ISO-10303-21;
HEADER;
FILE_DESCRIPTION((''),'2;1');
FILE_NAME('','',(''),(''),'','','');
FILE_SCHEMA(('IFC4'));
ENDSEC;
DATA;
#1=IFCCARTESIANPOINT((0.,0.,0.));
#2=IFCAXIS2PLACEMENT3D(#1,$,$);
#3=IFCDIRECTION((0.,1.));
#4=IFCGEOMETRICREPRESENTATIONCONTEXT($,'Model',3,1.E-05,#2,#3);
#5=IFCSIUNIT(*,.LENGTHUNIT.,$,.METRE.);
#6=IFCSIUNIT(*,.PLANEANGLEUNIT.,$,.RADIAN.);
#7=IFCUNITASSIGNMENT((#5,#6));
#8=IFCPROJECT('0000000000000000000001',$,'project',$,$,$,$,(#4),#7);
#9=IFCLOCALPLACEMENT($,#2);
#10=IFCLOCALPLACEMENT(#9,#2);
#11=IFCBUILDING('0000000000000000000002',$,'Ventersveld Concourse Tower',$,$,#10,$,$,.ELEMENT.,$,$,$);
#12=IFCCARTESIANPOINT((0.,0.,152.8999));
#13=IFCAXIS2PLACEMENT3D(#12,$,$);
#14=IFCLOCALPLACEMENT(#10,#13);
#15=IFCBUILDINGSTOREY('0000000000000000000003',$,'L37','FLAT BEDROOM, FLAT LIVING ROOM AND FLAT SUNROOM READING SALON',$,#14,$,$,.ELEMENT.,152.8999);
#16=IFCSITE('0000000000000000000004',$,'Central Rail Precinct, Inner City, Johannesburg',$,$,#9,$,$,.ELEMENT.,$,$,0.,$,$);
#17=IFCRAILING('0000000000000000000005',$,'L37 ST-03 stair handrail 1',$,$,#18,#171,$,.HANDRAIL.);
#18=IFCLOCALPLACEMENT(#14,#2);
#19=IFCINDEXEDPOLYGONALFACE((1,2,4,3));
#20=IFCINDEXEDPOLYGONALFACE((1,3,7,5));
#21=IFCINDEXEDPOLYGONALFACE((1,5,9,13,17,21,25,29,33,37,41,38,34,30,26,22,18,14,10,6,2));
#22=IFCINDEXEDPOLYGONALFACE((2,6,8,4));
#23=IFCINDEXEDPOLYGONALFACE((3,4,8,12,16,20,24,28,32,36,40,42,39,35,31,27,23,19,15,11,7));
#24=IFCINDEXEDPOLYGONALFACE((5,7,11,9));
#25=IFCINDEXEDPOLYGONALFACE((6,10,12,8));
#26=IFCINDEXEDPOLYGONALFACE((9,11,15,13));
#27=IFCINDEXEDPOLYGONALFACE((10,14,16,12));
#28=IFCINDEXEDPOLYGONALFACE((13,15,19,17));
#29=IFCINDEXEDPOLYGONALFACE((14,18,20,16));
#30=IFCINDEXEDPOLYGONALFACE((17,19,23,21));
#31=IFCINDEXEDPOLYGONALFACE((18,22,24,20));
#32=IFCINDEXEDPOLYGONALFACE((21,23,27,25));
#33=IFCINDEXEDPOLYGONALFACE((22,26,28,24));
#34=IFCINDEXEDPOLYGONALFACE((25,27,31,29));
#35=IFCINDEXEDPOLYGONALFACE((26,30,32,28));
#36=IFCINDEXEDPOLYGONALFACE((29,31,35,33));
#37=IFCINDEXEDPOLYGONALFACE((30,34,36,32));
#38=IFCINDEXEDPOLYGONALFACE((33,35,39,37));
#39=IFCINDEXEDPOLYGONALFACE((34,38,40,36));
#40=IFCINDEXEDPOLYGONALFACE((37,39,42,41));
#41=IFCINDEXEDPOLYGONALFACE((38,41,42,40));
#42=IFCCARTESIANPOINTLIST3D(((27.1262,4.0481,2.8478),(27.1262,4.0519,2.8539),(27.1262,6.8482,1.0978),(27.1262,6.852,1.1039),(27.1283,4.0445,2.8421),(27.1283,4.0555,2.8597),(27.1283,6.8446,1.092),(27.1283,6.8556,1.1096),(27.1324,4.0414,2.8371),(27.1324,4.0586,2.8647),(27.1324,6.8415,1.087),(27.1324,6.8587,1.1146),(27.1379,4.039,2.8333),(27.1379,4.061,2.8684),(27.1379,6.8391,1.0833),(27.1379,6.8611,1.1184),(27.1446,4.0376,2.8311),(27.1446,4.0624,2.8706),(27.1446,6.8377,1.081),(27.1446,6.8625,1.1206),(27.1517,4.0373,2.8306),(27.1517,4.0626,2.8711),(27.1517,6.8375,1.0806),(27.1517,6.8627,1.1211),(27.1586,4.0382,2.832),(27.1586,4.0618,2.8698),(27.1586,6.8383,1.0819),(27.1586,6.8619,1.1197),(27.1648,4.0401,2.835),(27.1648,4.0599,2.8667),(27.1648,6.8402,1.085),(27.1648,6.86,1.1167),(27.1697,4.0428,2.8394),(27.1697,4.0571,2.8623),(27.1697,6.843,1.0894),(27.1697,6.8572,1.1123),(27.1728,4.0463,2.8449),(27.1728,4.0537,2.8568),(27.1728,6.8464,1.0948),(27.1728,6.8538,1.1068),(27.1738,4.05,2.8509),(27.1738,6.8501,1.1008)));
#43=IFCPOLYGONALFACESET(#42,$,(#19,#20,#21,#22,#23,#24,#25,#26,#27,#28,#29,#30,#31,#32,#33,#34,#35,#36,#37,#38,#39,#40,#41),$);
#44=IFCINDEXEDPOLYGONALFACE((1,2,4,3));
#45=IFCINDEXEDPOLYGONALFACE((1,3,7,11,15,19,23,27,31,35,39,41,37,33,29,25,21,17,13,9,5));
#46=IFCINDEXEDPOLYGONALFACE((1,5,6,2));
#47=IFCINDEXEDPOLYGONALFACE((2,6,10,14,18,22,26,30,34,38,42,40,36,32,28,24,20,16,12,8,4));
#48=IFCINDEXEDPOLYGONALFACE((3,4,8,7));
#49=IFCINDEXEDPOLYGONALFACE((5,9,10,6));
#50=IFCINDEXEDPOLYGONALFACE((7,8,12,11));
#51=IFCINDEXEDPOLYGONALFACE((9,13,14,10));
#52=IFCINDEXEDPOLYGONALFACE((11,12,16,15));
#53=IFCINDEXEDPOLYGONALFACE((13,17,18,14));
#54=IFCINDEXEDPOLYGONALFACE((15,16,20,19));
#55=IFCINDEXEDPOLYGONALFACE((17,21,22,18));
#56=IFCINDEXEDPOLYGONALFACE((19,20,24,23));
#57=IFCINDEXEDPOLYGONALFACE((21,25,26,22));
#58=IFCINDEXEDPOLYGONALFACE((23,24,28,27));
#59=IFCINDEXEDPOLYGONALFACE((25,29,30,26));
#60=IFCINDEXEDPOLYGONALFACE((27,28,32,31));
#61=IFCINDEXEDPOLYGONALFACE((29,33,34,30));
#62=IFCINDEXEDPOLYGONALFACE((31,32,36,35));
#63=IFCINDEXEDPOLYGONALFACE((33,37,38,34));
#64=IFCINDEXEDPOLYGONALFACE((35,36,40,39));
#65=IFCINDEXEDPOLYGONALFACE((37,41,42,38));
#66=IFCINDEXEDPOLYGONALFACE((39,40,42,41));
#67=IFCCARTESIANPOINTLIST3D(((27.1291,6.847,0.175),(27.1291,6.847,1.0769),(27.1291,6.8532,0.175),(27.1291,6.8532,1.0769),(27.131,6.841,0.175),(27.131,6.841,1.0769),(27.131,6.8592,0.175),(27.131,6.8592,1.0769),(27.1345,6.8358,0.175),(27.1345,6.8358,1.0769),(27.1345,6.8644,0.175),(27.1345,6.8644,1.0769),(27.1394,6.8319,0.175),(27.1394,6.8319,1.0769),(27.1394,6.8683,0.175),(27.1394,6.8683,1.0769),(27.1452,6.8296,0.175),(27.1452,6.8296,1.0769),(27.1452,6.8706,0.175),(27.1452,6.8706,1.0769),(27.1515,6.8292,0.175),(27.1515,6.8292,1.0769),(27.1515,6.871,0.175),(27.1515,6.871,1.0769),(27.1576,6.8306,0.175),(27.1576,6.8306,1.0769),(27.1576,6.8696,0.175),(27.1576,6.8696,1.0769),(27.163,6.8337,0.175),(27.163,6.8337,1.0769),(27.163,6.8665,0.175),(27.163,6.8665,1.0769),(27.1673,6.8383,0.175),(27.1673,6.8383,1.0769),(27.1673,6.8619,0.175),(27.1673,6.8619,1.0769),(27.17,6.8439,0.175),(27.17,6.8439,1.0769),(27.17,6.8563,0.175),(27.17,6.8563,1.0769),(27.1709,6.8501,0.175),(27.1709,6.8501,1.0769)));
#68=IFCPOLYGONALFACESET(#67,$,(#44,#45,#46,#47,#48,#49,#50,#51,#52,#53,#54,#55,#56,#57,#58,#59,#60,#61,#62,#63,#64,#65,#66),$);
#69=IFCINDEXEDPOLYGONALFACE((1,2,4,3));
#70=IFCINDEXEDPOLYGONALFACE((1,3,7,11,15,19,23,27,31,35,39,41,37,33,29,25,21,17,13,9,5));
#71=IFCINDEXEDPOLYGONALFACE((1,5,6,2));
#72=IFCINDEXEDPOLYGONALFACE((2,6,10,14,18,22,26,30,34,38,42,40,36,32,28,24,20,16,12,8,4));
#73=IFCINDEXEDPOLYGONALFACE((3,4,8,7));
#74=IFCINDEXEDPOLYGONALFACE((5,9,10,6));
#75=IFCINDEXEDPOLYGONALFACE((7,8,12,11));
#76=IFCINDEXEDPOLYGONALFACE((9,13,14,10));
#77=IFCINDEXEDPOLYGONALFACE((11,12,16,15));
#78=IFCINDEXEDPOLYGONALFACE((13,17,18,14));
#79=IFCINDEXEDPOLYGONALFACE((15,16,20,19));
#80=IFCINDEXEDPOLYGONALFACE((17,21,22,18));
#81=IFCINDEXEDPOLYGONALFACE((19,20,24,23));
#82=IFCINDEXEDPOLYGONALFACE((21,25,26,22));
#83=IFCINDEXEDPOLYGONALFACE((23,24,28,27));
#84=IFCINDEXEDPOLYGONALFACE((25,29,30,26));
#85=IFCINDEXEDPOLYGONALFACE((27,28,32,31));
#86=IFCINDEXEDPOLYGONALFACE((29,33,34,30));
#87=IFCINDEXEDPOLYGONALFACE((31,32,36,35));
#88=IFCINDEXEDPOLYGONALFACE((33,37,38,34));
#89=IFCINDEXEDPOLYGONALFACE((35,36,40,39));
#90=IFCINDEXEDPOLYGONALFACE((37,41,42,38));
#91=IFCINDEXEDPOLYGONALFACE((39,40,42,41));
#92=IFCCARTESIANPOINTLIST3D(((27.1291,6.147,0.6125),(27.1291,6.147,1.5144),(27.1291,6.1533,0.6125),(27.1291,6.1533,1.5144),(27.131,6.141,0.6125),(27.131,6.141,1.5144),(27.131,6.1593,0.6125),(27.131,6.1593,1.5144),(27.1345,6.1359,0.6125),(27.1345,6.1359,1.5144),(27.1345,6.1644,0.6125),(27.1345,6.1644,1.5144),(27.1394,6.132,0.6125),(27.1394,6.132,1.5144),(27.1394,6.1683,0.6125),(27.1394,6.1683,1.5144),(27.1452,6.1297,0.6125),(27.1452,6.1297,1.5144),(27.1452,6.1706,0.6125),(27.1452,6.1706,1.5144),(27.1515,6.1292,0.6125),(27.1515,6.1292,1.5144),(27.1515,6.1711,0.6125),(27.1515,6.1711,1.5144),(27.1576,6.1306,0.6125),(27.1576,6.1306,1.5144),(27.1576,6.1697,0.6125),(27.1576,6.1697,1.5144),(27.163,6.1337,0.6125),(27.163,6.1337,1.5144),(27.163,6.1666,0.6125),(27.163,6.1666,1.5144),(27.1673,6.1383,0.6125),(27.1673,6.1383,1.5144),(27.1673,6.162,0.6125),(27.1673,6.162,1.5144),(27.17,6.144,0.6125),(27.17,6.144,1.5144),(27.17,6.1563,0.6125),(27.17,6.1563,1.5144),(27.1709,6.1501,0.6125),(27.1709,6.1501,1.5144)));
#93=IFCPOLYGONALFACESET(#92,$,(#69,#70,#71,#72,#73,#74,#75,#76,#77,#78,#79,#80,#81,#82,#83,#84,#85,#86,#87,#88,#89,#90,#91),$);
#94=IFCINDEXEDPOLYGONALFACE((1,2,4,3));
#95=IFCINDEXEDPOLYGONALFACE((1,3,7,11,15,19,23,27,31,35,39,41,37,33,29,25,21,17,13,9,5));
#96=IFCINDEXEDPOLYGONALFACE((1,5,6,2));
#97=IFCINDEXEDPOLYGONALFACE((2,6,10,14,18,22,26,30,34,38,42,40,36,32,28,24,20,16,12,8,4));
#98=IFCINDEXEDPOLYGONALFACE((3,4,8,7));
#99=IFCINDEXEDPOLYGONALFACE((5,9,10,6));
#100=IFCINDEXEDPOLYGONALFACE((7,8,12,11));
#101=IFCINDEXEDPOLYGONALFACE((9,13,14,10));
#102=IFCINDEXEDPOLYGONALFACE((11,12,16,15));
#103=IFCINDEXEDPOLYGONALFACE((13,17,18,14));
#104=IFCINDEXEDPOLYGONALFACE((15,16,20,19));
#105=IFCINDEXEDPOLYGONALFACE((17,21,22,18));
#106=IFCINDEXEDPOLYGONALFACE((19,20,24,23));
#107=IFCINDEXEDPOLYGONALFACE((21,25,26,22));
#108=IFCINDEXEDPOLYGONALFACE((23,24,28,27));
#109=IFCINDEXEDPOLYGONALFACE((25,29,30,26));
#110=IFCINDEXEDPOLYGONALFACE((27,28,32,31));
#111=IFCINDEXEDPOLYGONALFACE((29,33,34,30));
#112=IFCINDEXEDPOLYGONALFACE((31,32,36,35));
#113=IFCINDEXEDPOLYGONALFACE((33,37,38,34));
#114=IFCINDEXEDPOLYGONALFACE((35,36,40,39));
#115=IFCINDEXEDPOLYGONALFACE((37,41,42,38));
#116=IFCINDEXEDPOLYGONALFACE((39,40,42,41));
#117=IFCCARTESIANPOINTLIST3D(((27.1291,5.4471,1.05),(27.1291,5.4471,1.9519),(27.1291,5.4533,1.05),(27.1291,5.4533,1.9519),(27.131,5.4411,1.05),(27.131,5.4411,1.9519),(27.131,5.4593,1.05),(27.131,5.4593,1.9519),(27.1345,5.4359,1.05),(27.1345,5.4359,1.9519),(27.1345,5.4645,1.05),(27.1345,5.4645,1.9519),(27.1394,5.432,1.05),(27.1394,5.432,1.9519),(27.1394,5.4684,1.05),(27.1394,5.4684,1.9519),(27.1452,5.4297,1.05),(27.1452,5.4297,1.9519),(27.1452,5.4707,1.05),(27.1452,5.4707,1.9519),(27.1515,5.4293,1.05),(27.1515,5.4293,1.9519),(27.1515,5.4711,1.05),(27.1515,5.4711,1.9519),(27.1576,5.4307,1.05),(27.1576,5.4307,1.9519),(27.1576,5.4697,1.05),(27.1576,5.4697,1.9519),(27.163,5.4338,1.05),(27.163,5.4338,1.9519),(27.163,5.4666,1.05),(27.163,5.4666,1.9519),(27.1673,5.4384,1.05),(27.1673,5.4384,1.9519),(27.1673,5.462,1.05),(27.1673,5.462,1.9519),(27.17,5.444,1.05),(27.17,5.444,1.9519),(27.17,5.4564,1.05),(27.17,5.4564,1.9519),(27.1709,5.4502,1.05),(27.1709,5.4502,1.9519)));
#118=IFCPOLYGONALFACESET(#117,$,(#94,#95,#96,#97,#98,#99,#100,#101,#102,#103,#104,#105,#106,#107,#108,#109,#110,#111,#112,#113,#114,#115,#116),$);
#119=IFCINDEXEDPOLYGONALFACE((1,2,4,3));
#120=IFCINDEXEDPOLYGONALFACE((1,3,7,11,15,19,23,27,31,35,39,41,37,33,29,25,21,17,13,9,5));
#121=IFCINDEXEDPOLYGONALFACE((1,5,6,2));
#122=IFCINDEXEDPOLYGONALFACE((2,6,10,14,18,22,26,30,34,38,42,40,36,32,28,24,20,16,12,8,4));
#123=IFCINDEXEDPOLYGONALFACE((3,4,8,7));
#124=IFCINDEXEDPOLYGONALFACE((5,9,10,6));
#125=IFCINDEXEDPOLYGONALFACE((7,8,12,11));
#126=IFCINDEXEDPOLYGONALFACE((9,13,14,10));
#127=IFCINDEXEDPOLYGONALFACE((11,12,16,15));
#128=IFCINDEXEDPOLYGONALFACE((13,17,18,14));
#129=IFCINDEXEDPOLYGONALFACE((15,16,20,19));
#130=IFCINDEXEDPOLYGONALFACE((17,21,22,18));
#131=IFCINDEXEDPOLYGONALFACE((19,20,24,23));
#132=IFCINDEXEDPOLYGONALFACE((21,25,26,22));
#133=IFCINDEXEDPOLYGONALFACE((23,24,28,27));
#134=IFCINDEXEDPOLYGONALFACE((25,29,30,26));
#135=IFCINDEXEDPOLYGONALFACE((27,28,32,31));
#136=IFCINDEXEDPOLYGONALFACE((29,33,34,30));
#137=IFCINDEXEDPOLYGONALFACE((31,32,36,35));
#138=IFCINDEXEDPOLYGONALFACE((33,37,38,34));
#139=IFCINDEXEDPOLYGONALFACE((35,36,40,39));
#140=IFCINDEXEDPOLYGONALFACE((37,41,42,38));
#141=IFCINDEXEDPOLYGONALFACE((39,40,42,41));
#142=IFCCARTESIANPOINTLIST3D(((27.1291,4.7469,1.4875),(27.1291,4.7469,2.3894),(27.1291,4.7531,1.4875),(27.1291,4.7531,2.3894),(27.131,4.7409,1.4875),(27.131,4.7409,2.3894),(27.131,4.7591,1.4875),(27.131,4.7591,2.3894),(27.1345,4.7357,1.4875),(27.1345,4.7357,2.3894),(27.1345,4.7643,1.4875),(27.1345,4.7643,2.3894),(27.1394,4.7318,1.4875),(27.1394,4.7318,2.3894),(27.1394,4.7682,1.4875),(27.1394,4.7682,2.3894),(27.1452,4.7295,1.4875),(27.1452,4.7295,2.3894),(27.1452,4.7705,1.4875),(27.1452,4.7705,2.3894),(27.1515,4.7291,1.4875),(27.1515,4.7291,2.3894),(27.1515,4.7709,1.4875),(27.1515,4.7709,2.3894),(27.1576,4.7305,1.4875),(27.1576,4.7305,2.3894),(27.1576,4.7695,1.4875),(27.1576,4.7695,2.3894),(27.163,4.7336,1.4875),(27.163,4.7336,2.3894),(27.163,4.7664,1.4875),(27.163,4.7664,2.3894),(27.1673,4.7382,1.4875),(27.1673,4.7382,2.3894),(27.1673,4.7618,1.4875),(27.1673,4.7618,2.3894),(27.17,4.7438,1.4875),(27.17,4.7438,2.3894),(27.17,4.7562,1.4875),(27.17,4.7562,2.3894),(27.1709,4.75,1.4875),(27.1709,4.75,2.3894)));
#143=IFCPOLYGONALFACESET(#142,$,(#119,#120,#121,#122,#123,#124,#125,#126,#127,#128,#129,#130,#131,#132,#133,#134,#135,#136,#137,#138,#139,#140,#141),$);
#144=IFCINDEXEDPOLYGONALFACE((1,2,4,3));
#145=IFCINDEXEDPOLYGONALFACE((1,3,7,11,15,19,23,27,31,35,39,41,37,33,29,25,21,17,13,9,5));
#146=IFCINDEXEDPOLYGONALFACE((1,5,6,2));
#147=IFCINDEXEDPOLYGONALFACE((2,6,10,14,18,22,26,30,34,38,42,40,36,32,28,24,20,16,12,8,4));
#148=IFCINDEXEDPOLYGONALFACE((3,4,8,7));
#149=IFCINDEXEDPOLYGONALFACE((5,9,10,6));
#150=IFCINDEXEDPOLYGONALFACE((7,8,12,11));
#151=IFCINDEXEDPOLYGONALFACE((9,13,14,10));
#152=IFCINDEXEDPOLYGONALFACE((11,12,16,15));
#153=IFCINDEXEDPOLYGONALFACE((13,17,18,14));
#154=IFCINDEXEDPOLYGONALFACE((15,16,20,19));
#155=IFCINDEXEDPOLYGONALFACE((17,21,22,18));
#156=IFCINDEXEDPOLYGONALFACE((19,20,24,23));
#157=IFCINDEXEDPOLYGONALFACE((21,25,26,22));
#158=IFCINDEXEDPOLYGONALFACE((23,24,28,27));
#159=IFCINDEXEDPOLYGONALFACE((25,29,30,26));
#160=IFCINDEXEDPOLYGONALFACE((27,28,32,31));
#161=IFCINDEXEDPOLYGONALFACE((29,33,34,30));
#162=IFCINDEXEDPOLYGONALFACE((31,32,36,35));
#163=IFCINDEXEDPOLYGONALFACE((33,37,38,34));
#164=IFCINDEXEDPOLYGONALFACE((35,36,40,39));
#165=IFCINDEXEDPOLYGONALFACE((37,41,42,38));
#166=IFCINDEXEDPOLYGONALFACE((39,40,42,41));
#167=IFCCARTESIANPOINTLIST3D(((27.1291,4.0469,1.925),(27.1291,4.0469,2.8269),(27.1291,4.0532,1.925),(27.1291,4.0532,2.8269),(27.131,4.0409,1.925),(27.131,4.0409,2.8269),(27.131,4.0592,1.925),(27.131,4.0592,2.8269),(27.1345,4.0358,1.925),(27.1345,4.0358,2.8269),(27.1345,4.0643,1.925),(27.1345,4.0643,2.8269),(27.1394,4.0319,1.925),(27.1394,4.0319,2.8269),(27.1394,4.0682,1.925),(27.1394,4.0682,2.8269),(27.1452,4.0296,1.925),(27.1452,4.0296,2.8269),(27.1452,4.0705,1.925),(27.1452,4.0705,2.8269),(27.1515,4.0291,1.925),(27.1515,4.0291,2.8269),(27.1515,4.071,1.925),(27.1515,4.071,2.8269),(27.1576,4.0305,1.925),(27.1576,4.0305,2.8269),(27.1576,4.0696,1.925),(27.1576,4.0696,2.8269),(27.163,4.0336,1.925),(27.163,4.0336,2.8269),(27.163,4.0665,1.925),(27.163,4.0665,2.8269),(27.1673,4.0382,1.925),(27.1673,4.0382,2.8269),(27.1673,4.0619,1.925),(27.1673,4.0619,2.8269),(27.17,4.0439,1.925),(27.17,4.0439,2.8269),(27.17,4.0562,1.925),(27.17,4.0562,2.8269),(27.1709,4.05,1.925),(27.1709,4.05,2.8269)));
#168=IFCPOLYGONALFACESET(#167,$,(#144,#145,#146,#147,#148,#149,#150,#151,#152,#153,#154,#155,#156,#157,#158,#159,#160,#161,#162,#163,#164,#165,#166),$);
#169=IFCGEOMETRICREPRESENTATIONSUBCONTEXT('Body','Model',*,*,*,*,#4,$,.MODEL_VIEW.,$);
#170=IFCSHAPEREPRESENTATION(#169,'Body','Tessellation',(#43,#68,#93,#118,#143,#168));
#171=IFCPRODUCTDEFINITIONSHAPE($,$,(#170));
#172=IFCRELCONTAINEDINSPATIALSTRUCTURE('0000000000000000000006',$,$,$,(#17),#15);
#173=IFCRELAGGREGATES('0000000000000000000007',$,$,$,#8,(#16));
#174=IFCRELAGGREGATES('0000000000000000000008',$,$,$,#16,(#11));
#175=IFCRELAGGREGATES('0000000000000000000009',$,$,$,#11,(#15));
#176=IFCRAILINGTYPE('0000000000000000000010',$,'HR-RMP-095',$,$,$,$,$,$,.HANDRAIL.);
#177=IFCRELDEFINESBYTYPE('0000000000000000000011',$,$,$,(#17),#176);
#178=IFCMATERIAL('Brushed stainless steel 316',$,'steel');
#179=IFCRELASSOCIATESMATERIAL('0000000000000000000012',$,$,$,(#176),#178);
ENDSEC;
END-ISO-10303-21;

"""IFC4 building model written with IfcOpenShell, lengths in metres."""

from ifc_helpers import new_model, si_unit, direction, frame, origin, origin_2d, place, context, subcontext, project, spatial, circle, extrude, material, type_object, element, save


model = new_model("IFC4")

# Units and contexts
model_context = context("Model", 3, precision=1e-05, world=origin(), true_north=direction((0.0, 1.0)))
body_context = subcontext(model_context, "Body", "Model", "MODEL_VIEW")
ifc_project = project(units=[si_unit("LENGTHUNIT", "METRE"), si_unit("PLANEANGLEUNIT", "RADIAN")], contexts=[model_context])

# Site, building, storey
site_placement = place(None, origin())
site = spatial("IfcSite", under=ifc_project, at=site_placement, Name="Central Rail Precinct, Inner City, Johannesburg", CompositionType="ELEMENT", RefElevation=0.0)
building_placement = place(site_placement, origin())
building = spatial("IfcBuilding", under=site, at=building_placement, Name="Ventersveld Concourse Tower", CompositionType="ELEMENT")
storey_placement = place(building_placement, frame((0.0, 0.0, 152.8999)))
storey = spatial("IfcBuildingStorey", under=building, at=storey_placement, Name="L37", Description="FLAT BEDROOM, FLAT LIVING ROOM AND FLAT SUNROOM READING SALON", CompositionType="ELEMENT", Elevation=152.8999)

# Shared definitions
ifc_material_1 = material(Name="Brushed stainless steel 316", Category="steel")

# Railing
railing_type_1 = type_object("IfcRailingType", Name="HR-RMP-095", PredefinedType="HANDRAIL", material=ifc_material_1)
railing_1_placement = place(storey_placement, frame((27.1499, 6.8501, 0.175)))
element("IfcRailing", 1, at=railing_1_placement, inside=storey, type_object=railing_type_1, Name="L37 ST-03 stair handrail 1", PredefinedType="HANDRAIL", context=body_context, shape_type="SweptSolid", body=[
    extrude(circle(Radius=0.0239, at=origin_2d()), frame((0.0, 0.0, 0.9258), z_axis=(0.0, -0.848002, 0.529992), x_axis=(1.0, 0.0, 0.0)), (0.0, 0.0, 1.0), 3.302),
    extrude(circle(Radius=0.021, at=origin_2d()), origin(), (0.0, 0.0, 1.0), 0.9019),
    extrude(circle(Radius=0.021, at=origin_2d()), frame((0.0, -0.7, 0.4375)), (0.0, 0.0, 1.0), 0.9019),
    extrude(circle(Radius=0.021, at=origin_2d()), frame((0.0, -1.3999, 0.875)), (0.0, 0.0, 1.0), 0.9019),
    extrude(circle(Radius=0.021, at=origin_2d()), frame((0.0, -2.1001, 1.3125)), (0.0, 0.0, 1.0), 0.9019),
    extrude(circle(Radius=0.021, at=origin_2d()), frame((0.0, -2.8, 1.75)), (0.0, 0.0, 1.0), 0.9019),
])

save(model, "model.ifc")
